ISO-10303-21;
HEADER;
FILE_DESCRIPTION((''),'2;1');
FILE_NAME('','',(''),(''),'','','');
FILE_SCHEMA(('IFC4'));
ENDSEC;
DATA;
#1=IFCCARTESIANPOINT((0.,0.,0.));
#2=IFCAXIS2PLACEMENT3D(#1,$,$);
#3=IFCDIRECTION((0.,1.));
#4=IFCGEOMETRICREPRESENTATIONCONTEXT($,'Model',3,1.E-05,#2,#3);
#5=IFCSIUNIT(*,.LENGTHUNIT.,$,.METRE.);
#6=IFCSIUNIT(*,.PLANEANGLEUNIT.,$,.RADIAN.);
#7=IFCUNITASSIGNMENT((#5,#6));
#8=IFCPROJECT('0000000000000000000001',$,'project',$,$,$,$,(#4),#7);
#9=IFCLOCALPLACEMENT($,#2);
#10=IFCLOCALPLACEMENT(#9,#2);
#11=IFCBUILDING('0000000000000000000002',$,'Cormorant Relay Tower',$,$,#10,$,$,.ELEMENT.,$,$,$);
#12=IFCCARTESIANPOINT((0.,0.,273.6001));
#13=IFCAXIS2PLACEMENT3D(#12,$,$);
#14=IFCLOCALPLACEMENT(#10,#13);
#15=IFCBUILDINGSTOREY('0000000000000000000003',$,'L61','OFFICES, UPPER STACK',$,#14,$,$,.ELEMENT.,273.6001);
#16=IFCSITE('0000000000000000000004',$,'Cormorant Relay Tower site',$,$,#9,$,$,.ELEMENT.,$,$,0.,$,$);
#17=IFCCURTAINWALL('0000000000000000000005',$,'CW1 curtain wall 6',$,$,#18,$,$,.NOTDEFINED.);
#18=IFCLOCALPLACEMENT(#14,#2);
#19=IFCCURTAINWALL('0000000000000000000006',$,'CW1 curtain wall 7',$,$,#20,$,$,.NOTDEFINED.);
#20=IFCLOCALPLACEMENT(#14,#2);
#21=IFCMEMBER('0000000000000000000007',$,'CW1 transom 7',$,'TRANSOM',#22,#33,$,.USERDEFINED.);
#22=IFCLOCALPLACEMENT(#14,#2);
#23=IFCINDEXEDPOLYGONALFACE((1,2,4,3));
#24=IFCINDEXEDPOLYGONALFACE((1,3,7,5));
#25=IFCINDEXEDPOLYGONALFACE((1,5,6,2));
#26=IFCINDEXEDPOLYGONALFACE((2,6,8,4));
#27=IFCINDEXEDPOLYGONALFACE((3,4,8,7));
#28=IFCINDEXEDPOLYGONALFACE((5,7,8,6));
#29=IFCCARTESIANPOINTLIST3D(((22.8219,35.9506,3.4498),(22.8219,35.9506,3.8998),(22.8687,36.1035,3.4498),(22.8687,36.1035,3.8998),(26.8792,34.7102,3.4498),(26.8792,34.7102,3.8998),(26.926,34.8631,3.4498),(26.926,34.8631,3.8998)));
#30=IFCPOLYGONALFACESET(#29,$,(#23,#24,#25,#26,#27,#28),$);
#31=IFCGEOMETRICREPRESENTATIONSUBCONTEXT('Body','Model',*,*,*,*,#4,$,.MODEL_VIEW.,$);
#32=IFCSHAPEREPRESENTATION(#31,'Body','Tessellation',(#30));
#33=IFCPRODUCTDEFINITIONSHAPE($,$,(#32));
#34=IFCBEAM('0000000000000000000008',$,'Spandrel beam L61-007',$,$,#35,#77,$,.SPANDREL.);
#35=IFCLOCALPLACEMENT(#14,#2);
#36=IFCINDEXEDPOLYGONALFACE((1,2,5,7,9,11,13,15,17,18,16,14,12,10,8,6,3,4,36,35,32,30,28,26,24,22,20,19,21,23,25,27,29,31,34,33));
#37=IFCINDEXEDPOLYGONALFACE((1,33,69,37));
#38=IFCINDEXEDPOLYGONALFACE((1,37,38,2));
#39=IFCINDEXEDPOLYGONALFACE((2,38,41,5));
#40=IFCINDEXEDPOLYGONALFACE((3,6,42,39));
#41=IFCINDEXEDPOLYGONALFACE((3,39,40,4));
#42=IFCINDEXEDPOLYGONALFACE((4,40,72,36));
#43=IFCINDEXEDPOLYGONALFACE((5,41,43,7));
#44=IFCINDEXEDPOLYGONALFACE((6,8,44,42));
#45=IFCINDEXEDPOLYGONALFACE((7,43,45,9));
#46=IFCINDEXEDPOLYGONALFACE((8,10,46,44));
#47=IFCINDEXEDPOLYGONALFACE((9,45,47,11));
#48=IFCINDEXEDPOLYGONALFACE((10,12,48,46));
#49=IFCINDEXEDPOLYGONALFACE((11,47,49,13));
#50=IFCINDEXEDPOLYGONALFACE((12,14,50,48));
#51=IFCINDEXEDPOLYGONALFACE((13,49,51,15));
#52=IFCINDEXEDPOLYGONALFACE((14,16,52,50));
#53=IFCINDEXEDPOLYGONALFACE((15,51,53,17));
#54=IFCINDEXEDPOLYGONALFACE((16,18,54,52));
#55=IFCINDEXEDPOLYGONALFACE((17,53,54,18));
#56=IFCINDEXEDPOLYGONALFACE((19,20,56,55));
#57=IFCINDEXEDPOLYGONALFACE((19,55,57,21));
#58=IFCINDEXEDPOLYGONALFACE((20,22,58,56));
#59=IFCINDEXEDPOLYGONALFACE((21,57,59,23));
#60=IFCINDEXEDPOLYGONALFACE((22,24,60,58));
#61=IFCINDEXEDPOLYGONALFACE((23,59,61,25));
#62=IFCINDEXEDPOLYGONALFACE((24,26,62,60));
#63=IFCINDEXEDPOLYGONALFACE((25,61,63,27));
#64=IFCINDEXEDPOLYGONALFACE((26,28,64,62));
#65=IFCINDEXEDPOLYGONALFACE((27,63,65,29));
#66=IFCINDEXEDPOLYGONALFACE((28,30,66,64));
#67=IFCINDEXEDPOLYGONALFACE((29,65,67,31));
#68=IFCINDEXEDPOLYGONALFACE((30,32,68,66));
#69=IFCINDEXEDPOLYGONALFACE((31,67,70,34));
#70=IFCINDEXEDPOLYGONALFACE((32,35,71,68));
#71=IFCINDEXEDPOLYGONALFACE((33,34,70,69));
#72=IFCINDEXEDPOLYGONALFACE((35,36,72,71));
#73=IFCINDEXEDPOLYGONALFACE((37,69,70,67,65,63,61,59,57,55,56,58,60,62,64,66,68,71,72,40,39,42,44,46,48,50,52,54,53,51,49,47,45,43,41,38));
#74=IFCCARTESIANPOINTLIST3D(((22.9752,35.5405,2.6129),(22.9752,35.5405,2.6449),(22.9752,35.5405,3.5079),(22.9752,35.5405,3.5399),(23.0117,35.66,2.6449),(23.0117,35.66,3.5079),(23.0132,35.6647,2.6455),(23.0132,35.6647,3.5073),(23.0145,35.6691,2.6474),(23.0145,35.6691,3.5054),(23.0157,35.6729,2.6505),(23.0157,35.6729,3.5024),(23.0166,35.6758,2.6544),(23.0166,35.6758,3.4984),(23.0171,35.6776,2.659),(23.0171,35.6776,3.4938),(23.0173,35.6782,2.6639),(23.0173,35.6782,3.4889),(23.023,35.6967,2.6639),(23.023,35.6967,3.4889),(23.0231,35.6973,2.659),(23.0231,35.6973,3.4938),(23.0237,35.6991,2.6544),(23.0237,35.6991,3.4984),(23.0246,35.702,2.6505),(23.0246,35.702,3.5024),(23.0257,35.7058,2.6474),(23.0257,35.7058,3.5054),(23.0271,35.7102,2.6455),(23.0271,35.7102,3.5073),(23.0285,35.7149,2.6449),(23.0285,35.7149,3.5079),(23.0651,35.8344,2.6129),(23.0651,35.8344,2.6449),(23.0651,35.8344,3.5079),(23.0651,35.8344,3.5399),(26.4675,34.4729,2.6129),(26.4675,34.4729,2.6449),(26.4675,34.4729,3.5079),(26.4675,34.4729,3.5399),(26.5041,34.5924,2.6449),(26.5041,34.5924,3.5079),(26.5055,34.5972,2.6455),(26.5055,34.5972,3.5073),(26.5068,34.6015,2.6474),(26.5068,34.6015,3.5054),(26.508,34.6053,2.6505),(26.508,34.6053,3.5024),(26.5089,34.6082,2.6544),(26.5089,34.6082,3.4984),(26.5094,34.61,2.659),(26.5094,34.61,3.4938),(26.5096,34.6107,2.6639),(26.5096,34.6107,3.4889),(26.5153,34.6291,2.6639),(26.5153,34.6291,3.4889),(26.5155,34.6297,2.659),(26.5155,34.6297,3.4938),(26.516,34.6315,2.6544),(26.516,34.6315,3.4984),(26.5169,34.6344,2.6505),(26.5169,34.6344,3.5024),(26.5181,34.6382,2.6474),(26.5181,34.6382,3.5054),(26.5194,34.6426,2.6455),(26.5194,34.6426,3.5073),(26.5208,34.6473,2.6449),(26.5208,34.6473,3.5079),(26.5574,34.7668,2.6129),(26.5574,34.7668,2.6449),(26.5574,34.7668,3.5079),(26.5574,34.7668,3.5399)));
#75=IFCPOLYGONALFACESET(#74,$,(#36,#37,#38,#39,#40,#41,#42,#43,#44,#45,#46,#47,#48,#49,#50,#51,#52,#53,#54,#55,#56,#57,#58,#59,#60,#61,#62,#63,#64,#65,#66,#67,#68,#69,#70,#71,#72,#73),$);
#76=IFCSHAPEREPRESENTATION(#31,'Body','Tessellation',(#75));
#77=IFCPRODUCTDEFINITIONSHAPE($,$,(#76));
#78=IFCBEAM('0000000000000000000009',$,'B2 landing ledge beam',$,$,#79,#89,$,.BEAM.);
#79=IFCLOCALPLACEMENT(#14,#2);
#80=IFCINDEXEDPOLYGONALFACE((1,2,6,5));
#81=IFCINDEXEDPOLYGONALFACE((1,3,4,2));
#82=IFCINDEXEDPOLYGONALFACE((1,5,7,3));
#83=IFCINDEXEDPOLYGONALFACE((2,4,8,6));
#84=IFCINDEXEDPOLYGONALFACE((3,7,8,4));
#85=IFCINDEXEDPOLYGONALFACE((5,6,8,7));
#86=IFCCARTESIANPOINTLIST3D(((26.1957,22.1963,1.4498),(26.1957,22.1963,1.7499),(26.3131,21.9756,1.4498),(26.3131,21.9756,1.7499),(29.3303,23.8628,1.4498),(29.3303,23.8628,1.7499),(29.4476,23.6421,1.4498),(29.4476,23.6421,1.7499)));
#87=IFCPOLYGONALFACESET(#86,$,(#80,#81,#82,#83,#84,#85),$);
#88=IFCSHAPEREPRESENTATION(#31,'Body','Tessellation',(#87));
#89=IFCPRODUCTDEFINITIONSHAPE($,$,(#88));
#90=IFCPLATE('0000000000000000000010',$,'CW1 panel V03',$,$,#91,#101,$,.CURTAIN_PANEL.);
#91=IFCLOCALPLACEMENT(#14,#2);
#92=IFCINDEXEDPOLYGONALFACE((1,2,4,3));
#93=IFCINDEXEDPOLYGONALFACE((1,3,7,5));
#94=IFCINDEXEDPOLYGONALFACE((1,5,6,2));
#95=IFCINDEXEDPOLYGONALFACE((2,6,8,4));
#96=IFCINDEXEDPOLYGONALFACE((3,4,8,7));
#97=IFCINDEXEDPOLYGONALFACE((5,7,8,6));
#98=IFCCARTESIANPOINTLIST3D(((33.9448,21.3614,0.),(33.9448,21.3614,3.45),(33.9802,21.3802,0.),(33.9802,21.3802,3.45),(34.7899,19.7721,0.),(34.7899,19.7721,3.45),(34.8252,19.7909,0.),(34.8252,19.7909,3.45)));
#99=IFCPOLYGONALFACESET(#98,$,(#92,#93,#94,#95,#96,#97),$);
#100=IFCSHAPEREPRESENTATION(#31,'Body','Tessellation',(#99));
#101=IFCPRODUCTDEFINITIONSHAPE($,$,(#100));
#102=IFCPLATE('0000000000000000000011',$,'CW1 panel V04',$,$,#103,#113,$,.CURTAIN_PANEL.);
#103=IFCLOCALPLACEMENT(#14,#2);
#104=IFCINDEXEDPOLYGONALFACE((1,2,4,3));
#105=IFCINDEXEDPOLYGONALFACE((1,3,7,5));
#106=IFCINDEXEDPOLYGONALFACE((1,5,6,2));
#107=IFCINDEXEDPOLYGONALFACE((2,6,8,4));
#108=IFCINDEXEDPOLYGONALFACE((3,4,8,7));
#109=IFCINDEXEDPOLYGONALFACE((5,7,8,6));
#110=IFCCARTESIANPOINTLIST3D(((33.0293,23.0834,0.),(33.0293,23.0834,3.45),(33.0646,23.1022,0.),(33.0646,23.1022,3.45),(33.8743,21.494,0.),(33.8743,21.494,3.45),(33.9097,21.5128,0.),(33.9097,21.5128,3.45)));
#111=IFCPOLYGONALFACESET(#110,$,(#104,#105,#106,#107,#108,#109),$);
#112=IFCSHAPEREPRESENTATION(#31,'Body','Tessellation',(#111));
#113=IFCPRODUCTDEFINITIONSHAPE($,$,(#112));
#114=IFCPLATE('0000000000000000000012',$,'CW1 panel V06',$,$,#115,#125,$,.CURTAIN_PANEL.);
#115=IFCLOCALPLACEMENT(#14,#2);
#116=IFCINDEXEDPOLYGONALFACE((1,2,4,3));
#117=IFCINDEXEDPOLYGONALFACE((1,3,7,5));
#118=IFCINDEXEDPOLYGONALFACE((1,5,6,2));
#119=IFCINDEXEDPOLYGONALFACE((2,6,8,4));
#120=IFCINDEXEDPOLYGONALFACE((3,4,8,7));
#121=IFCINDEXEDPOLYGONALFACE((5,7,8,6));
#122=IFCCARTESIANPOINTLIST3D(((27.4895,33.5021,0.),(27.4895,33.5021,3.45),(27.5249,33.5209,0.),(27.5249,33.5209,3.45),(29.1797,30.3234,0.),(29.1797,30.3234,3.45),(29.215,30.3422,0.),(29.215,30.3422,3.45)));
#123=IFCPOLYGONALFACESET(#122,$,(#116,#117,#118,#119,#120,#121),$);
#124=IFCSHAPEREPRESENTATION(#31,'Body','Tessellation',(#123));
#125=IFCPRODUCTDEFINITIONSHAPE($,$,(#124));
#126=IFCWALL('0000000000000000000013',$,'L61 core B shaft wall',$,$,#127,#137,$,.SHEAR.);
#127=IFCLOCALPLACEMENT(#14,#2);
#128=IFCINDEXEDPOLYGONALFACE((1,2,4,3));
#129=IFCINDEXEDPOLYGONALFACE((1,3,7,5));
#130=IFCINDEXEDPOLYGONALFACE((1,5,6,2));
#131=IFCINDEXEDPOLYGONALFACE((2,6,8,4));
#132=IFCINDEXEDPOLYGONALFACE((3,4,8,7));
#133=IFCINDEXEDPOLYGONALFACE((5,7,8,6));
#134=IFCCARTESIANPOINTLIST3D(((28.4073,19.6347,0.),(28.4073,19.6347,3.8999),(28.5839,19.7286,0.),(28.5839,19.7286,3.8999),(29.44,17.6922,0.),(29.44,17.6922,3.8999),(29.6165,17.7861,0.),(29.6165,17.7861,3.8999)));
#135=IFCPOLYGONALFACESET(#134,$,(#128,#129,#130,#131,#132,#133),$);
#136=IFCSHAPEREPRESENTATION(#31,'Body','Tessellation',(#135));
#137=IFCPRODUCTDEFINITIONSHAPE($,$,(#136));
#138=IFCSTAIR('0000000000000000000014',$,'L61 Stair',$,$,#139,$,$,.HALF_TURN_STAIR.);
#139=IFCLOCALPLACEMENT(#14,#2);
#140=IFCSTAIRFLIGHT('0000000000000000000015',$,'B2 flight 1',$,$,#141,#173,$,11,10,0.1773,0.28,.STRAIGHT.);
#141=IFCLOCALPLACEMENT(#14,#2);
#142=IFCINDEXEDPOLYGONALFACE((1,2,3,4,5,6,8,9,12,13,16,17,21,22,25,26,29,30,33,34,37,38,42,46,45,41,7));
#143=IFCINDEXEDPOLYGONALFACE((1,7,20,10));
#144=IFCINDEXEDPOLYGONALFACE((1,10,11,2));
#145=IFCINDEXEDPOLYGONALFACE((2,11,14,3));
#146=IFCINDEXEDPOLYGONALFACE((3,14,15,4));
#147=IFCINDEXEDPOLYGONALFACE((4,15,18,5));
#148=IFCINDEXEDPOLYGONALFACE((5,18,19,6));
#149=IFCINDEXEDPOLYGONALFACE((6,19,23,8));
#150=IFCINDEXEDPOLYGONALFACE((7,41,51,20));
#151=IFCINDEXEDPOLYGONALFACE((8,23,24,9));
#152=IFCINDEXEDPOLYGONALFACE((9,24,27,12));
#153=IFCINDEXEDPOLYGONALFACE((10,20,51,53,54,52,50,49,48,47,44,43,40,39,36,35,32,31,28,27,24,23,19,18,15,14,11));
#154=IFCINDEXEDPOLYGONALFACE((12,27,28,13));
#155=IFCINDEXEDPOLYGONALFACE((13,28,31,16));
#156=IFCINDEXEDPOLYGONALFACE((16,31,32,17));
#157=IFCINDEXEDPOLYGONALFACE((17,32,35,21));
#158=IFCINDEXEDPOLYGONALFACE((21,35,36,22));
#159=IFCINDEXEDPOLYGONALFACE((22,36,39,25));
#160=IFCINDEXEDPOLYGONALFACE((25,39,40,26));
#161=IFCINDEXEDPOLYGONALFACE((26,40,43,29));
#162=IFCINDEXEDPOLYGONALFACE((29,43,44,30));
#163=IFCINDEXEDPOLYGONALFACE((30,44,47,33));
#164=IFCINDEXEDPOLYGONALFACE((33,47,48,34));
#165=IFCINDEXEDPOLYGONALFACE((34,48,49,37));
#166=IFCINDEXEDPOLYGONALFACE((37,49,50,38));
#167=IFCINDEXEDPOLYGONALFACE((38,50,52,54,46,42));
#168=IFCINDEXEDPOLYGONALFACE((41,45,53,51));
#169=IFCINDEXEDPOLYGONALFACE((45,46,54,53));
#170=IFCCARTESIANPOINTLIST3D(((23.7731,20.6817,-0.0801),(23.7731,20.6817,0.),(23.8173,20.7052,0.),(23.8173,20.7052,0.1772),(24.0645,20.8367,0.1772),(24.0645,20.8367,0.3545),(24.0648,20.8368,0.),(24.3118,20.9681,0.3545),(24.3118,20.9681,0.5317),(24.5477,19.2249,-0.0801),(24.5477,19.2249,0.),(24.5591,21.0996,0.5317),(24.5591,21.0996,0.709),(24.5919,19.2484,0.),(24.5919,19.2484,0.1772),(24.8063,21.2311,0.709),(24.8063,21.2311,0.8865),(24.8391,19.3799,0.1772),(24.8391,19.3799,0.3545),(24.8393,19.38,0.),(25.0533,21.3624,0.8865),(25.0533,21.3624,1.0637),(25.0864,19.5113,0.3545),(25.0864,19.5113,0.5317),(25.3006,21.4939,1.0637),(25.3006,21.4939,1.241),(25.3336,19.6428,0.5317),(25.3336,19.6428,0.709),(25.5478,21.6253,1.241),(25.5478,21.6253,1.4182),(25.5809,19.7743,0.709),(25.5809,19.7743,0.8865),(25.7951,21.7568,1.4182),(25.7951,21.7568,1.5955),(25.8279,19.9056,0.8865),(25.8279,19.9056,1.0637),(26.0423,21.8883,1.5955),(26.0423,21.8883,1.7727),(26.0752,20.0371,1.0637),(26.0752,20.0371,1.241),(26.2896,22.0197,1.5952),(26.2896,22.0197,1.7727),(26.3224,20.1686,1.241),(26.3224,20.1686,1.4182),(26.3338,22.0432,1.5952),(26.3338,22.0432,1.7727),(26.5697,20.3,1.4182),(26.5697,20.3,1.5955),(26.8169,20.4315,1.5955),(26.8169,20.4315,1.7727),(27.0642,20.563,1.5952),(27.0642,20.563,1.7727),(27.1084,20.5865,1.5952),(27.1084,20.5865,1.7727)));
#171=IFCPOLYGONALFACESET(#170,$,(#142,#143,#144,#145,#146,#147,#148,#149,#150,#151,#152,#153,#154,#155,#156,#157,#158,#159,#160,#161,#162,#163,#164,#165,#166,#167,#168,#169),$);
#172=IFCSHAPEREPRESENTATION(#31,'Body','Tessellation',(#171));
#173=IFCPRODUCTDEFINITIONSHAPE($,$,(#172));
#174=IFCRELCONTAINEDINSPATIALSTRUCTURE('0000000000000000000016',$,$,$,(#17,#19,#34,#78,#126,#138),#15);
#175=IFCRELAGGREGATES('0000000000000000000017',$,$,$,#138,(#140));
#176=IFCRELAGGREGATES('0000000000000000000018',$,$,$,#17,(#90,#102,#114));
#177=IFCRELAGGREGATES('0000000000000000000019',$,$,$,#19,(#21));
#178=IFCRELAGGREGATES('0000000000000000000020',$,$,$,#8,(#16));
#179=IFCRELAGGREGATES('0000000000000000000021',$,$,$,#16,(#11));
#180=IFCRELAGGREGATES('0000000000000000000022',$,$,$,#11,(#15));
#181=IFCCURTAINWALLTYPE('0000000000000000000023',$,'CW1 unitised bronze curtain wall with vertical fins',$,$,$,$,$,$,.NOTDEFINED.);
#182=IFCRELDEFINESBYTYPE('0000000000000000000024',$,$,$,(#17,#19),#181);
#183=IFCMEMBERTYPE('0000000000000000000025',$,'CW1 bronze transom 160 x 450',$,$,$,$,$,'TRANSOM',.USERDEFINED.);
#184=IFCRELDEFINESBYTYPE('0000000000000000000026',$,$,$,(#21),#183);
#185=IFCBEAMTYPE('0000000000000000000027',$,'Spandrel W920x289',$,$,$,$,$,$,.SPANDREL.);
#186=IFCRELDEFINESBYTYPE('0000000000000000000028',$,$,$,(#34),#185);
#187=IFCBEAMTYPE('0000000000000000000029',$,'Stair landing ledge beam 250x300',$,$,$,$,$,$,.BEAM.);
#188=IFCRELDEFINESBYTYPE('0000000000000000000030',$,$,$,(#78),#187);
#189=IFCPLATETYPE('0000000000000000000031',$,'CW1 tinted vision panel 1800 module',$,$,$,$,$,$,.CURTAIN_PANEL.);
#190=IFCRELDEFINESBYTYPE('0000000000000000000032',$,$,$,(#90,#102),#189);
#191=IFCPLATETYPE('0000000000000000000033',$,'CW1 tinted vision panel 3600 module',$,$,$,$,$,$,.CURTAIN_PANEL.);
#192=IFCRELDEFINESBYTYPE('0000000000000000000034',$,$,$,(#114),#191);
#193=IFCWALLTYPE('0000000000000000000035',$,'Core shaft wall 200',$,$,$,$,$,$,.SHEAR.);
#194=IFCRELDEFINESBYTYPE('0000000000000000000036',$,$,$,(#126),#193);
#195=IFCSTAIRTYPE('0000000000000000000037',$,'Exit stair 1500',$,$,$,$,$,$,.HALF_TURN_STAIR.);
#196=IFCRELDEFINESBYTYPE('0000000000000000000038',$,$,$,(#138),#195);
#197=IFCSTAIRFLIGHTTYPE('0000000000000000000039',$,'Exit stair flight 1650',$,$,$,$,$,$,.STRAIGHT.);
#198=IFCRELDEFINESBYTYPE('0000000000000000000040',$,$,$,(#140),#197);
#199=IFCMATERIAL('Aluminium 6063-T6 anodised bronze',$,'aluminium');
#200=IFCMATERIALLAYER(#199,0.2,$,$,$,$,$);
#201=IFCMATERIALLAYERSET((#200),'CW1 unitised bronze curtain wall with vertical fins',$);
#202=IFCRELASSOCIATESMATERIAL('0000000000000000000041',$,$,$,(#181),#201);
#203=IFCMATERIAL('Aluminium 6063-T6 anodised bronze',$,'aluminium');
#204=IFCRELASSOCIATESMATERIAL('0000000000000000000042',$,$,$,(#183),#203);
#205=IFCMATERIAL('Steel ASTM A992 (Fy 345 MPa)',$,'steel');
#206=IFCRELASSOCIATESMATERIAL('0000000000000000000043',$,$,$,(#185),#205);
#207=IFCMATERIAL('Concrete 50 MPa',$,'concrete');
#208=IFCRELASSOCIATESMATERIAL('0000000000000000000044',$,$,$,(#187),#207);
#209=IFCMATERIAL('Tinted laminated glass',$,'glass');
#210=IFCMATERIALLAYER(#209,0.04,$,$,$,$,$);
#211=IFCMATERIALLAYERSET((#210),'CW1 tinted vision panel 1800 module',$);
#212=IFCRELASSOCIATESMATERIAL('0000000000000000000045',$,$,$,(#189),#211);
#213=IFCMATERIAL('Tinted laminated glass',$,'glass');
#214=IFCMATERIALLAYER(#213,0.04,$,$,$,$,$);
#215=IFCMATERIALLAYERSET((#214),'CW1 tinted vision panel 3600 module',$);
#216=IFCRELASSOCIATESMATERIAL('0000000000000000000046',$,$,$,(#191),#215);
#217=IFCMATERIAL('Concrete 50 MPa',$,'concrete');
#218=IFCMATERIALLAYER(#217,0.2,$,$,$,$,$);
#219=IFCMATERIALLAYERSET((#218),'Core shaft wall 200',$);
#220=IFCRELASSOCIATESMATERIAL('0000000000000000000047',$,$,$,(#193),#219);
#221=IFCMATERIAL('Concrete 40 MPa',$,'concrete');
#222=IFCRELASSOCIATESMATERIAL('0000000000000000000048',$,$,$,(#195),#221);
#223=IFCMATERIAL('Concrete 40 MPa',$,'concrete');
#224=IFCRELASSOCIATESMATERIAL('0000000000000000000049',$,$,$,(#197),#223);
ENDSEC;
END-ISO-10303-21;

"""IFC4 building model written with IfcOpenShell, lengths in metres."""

from ifc_helpers import new_model, si_unit, direction, frame, frame_2d, origin, origin_2d, place, context, subcontext, project, spatial, polyline, rectangle, i_section, outline, extrude, material, layer, layer_set, material_profile, profile_set, type_object, element, aggregate, save


model = new_model("IFC4")

# Units and contexts
model_context = context("Model", 3, precision=1e-05, world=origin(), true_north=direction((0.0, 1.0)))
body_context = subcontext(model_context, "Body", "Model", "MODEL_VIEW")
ifc_project = project(units=[si_unit("LENGTHUNIT", "METRE"), si_unit("PLANEANGLEUNIT", "RADIAN")], contexts=[model_context])

# Site, building, storey
site_placement = place(None, origin())
site = spatial("IfcSite", under=ifc_project, at=site_placement, Name="Cormorant Relay Tower site", CompositionType="ELEMENT", RefElevation=0.0)
building_placement = place(site_placement, origin())
building = spatial("IfcBuilding", under=site, at=building_placement, Name="Cormorant Relay Tower", CompositionType="ELEMENT")
storey_placement = place(building_placement, frame((0.0, 0.0, 273.6001)))
storey = spatial("IfcBuildingStorey", under=building, at=storey_placement, Name="L61", Description="OFFICES, UPPER STACK", CompositionType="ELEMENT", Elevation=273.6001)

# Curtain walls, member
ifc_material_1 = material(Name="Aluminium 6063-T6 anodised bronze", Category="aluminium")
ifc_layer_1 = layer(ifc_material_1, 0.2)
ifc_layer_set_1 = layer_set([ifc_layer_1], Name="CW1 unitised bronze curtain wall with vertical fins")
curtain_wall_type = type_object("IfcCurtainWallType", Name="CW1 unitised bronze curtain wall with vertical fins", PredefinedType="NOTDEFINED", material=ifc_layer_set_1)
curtain_wall_1_placement = place(storey_placement, origin())
curtain_wall_1 = element("IfcCurtainWall", 1, at=curtain_wall_1_placement, inside=storey, type_object=curtain_wall_type, Name="CW1 curtain wall 6", PredefinedType="NOTDEFINED")
curtain_wall_2_placement = place(storey_placement, origin())
curtain_wall_2 = element("IfcCurtainWall", 2, at=curtain_wall_2_placement, inside=storey, type_object=curtain_wall_type, Name="CW1 curtain wall 7", PredefinedType="NOTDEFINED")
ifc_material_2 = material(Name="Aluminium 6063-T6 anodised bronze", Category="aluminium")
ifc_material_profile_1 = material_profile(ifc_material_2, rectangle(XDim=0.1599, YDim=0.45, at=origin_2d()), Name="AL 160x450")
ifc_profile_set_1 = profile_set([ifc_material_profile_1], Name="Aluminium 6063-T6 anodised bronze")
member_type_1 = type_object("IfcMemberType", Name="CW1 bronze transom 160 x 450", ElementType="TRANSOM", PredefinedType="USERDEFINED", material=ifc_profile_set_1)
member_1_placement = place(storey_placement, frame((26.9026, 34.7866, 3.6748), z_axis=(-0.956304, 0.292375, 0.0), x_axis=(-0.292375, -0.956304, 0.0)))
member_1 = element("IfcMember", 3, at=member_1_placement, type_object=member_type_1, Name="CW1 transom 7", ObjectType="TRANSOM", PredefinedType="USERDEFINED", context=body_context, shape_type="SweptSolid", body=[
    extrude(rectangle(XDim=0.1599, YDim=0.45, at=origin_2d()), origin(), (0.0, 0.0, 1.0), 4.2427),
])

# Beams
ifc_material_3 = material(Name="Steel ASTM A992 (Fy 345 MPa)", Category="steel")
ifc_material_profile_2 = material_profile(ifc_material_3, i_section(OverallWidth=0.3074, OverallDepth=0.927, WebThickness=0.0193, FlangeThickness=0.032, FilletRadius=0.019, at=origin_2d()), Name="W920x289")
ifc_profile_set_2 = profile_set([ifc_material_profile_2], Name="Steel ASTM A992 (Fy 345 MPa)")
beam_type_1 = type_object("IfcBeamType", Name="Spandrel W920x289", PredefinedType="SPANDREL", material=ifc_profile_set_2)
beam_1_placement = place(storey_placement, frame((26.5125, 34.6199, 3.0764), z_axis=(-0.956314, 0.292343, 0.0), x_axis=(-0.292343, -0.956314, 0.0)))
element("IfcBeam", 4, at=beam_1_placement, inside=storey, type_object=beam_type_1, Name="Spandrel beam L61-007", PredefinedType="SPANDREL", context=body_context, shape_type="SweptSolid", body=[
    extrude(i_section(OverallWidth=0.3074, OverallDepth=0.927, WebThickness=0.0193, FlangeThickness=0.032, FilletRadius=0.019, at=origin_2d()), origin(), (0.0, 0.0, 1.0), 3.6519),
])
ifc_material_4 = material(Name="Concrete 50 MPa", Category="concrete")
ifc_material_profile_3 = material_profile(ifc_material_4, rectangle(XDim=0.25, YDim=0.3, at=origin_2d()), Name="RC 250x300")
ifc_profile_set_3 = profile_set([ifc_material_profile_3], Name="Concrete 50 MPa")
beam_type_2 = type_object("IfcBeamType", Name="Stair landing ledge beam 250x300", PredefinedType="BEAM", material=ifc_profile_set_3)
beam_2_placement = place(storey_placement, frame((26.2544, 22.0859, 1.5999), z_axis=(0.882965, 0.469438, 0.0), x_axis=(-0.469438, 0.882965, 0.0)))
element("IfcBeam", 5, at=beam_2_placement, inside=storey, type_object=beam_type_2, Name="B2 landing ledge beam", PredefinedType="BEAM", context=body_context, shape_type="SweptSolid", body=[
    extrude(rectangle(XDim=0.25, YDim=0.3, at=origin_2d()), origin(), (0.0, 0.0, 1.0), 3.55),
])

# Plates
ifc_material_5 = material(Name="Tinted laminated glass", Category="glass")
ifc_layer_2 = layer(ifc_material_5, 0.04)
ifc_layer_set_2 = layer_set([ifc_layer_2], Name="CW1 tinted vision panel 1800 module")
plate_type_1 = type_object("IfcPlateType", Name="CW1 tinted vision panel 1800 module", PredefinedType="CURTAIN_PANEL", material=ifc_layer_set_2)
plate_1_placement = place(storey_placement, frame((34.385, 20.5762, 0.0), z_axis=(0.0, 0.0, 1.0), x_axis=(-0.469472, 0.882948, 0.0)))
plate_1 = element("IfcPlate", 6, at=plate_1_placement, type_object=plate_type_1, Name="CW1 panel V03", PredefinedType="CURTAIN_PANEL", context=body_context, shape_type="SweptSolid", body=[
    extrude(rectangle(XDim=1.8, YDim=0.04, at=origin_2d()), origin(), (0.0, 0.0, 1.0), 3.45),
])
plate_2_placement = place(storey_placement, frame((33.4695, 22.2981, 0.0), z_axis=(0.0, 0.0, 1.0), x_axis=(-0.469472, 0.882948, 0.0)))
plate_2 = element("IfcPlate", 7, at=plate_2_placement, type_object=plate_type_1, Name="CW1 panel V04", PredefinedType="CURTAIN_PANEL", context=body_context, shape_type="SweptSolid", body=[
    extrude(rectangle(XDim=1.8, YDim=0.04, at=origin_2d()), origin(), (0.0, 0.0, 1.0), 3.45),
])
ifc_material_6 = material(Name="Tinted laminated glass", Category="glass")
ifc_layer_3 = layer(ifc_material_6, 0.04)
ifc_layer_set_3 = layer_set([ifc_layer_3], Name="CW1 tinted vision panel 3600 module")
plate_type_2 = type_object("IfcPlateType", Name="CW1 tinted vision panel 3600 module", PredefinedType="CURTAIN_PANEL", material=ifc_layer_set_3)
plate_3_placement = place(storey_placement, frame((28.3523, 31.9221, 0.0), z_axis=(0.0, 0.0, 1.0), x_axis=(-0.469472, 0.882948, 0.0)))
plate_3 = element("IfcPlate", 8, at=plate_3_placement, type_object=plate_type_2, Name="CW1 panel V06", PredefinedType="CURTAIN_PANEL", context=body_context, shape_type="SweptSolid", body=[
    extrude(rectangle(XDim=3.6001, YDim=0.04, at=origin_2d()), origin(), (0.0, 0.0, 1.0), 3.45),
])

# Wall
ifc_material_7 = material(Name="Concrete 50 MPa", Category="concrete")
ifc_layer_4 = layer(ifc_material_7, 0.2)
ifc_layer_set_4 = layer_set([ifc_layer_4], Name="Core shaft wall 200")
wall_type = type_object("IfcWallType", Name="Core shaft wall 200", PredefinedType="SHEAR", material=ifc_layer_set_4)
wall_placement = place(storey_placement, frame((29.5283, 17.739, 0.0), z_axis=(0.0, 0.0, 1.0), x_axis=(-0.469401, 0.882985, 0.0)))
element("IfcWall", 9, at=wall_placement, inside=storey, type_object=wall_type, Name="L61 core B shaft wall", PredefinedType="SHEAR", context=body_context, shape_type="SweptSolid", body=[
    extrude(rectangle(XDim=2.2, YDim=0.2, at=frame_2d((1.1001, 0.0))), origin(), (0.0, 0.0, 1.0), 3.8999),
])

# Stair, stair flight
ifc_material_8 = material(Name="Concrete 40 MPa", Category="concrete")
stair_type = type_object("IfcStairType", Name="Exit stair 1500", PredefinedType="HALF_TURN_STAIR", material=ifc_material_8)
stair_placement = place(storey_placement, origin())
stair = element("IfcStair", 10, at=stair_placement, inside=storey, type_object=stair_type, Name="L61 Stair", PredefinedType="HALF_TURN_STAIR")
ifc_material_9 = material(Name="Concrete 40 MPa", Category="concrete")
stair_flight_type = type_object("IfcStairFlightType", Name="Exit stair flight 1650", PredefinedType="STRAIGHT", material=ifc_material_9)
stair_flight_1_placement = place(storey_placement, frame((24.2046, 19.9768, 0.0), z_axis=(0.0, 0.0, 1.0), x_axis=(0.882948, 0.469472, 0.0)))
stair_flight_1 = element("IfcStairFlight", 11, at=stair_flight_1_placement, type_object=stair_flight_type, Name="B2 flight 1", NumberOfRisers=11, NumberOfTreads=10, PredefinedType="STRAIGHT", RiserHeight=0.1773, TreadLength=0.28, context=body_context, shape_type="SweptSolid", body=[
    extrude(outline(polyline([(-0.05, -0.0801), (-0.05, 0.0), (0.0, 0.0), (0.0, 0.1772), (0.28, 0.1772), (0.28, 0.3545), (0.5601, 0.3545), (0.5601, 0.5317), (0.8401, 0.5317), (0.8401, 0.709), (1.1201, 0.709), (1.1201, 0.8865), (1.3999, 0.8865), (1.3999, 1.0637), (1.6799, 1.0637), (1.6799, 1.241), (1.96, 1.241), (1.96, 1.4182), (2.24, 1.4182), (2.24, 1.5955), (2.52, 1.5955), (2.52, 1.7727), (2.8, 1.7727), (2.8501, 1.7727), (2.8501, 1.5952), (2.8, 1.5952), (0.2803, 0.0), (-0.05, -0.0801)])), frame((0.0, 0.825, 0.0), z_axis=(0.0, -1.0, 0.0), x_axis=(1.0, 0.0, 0.0)), (0.0, 0.0, 1.0), 1.6499),
])
aggregate(stair, [stair_flight_1])

aggregate(curtain_wall_1, [plate_1, plate_2, plate_3])
aggregate(curtain_wall_2, [member_1])

save(model, "model.ifc")
